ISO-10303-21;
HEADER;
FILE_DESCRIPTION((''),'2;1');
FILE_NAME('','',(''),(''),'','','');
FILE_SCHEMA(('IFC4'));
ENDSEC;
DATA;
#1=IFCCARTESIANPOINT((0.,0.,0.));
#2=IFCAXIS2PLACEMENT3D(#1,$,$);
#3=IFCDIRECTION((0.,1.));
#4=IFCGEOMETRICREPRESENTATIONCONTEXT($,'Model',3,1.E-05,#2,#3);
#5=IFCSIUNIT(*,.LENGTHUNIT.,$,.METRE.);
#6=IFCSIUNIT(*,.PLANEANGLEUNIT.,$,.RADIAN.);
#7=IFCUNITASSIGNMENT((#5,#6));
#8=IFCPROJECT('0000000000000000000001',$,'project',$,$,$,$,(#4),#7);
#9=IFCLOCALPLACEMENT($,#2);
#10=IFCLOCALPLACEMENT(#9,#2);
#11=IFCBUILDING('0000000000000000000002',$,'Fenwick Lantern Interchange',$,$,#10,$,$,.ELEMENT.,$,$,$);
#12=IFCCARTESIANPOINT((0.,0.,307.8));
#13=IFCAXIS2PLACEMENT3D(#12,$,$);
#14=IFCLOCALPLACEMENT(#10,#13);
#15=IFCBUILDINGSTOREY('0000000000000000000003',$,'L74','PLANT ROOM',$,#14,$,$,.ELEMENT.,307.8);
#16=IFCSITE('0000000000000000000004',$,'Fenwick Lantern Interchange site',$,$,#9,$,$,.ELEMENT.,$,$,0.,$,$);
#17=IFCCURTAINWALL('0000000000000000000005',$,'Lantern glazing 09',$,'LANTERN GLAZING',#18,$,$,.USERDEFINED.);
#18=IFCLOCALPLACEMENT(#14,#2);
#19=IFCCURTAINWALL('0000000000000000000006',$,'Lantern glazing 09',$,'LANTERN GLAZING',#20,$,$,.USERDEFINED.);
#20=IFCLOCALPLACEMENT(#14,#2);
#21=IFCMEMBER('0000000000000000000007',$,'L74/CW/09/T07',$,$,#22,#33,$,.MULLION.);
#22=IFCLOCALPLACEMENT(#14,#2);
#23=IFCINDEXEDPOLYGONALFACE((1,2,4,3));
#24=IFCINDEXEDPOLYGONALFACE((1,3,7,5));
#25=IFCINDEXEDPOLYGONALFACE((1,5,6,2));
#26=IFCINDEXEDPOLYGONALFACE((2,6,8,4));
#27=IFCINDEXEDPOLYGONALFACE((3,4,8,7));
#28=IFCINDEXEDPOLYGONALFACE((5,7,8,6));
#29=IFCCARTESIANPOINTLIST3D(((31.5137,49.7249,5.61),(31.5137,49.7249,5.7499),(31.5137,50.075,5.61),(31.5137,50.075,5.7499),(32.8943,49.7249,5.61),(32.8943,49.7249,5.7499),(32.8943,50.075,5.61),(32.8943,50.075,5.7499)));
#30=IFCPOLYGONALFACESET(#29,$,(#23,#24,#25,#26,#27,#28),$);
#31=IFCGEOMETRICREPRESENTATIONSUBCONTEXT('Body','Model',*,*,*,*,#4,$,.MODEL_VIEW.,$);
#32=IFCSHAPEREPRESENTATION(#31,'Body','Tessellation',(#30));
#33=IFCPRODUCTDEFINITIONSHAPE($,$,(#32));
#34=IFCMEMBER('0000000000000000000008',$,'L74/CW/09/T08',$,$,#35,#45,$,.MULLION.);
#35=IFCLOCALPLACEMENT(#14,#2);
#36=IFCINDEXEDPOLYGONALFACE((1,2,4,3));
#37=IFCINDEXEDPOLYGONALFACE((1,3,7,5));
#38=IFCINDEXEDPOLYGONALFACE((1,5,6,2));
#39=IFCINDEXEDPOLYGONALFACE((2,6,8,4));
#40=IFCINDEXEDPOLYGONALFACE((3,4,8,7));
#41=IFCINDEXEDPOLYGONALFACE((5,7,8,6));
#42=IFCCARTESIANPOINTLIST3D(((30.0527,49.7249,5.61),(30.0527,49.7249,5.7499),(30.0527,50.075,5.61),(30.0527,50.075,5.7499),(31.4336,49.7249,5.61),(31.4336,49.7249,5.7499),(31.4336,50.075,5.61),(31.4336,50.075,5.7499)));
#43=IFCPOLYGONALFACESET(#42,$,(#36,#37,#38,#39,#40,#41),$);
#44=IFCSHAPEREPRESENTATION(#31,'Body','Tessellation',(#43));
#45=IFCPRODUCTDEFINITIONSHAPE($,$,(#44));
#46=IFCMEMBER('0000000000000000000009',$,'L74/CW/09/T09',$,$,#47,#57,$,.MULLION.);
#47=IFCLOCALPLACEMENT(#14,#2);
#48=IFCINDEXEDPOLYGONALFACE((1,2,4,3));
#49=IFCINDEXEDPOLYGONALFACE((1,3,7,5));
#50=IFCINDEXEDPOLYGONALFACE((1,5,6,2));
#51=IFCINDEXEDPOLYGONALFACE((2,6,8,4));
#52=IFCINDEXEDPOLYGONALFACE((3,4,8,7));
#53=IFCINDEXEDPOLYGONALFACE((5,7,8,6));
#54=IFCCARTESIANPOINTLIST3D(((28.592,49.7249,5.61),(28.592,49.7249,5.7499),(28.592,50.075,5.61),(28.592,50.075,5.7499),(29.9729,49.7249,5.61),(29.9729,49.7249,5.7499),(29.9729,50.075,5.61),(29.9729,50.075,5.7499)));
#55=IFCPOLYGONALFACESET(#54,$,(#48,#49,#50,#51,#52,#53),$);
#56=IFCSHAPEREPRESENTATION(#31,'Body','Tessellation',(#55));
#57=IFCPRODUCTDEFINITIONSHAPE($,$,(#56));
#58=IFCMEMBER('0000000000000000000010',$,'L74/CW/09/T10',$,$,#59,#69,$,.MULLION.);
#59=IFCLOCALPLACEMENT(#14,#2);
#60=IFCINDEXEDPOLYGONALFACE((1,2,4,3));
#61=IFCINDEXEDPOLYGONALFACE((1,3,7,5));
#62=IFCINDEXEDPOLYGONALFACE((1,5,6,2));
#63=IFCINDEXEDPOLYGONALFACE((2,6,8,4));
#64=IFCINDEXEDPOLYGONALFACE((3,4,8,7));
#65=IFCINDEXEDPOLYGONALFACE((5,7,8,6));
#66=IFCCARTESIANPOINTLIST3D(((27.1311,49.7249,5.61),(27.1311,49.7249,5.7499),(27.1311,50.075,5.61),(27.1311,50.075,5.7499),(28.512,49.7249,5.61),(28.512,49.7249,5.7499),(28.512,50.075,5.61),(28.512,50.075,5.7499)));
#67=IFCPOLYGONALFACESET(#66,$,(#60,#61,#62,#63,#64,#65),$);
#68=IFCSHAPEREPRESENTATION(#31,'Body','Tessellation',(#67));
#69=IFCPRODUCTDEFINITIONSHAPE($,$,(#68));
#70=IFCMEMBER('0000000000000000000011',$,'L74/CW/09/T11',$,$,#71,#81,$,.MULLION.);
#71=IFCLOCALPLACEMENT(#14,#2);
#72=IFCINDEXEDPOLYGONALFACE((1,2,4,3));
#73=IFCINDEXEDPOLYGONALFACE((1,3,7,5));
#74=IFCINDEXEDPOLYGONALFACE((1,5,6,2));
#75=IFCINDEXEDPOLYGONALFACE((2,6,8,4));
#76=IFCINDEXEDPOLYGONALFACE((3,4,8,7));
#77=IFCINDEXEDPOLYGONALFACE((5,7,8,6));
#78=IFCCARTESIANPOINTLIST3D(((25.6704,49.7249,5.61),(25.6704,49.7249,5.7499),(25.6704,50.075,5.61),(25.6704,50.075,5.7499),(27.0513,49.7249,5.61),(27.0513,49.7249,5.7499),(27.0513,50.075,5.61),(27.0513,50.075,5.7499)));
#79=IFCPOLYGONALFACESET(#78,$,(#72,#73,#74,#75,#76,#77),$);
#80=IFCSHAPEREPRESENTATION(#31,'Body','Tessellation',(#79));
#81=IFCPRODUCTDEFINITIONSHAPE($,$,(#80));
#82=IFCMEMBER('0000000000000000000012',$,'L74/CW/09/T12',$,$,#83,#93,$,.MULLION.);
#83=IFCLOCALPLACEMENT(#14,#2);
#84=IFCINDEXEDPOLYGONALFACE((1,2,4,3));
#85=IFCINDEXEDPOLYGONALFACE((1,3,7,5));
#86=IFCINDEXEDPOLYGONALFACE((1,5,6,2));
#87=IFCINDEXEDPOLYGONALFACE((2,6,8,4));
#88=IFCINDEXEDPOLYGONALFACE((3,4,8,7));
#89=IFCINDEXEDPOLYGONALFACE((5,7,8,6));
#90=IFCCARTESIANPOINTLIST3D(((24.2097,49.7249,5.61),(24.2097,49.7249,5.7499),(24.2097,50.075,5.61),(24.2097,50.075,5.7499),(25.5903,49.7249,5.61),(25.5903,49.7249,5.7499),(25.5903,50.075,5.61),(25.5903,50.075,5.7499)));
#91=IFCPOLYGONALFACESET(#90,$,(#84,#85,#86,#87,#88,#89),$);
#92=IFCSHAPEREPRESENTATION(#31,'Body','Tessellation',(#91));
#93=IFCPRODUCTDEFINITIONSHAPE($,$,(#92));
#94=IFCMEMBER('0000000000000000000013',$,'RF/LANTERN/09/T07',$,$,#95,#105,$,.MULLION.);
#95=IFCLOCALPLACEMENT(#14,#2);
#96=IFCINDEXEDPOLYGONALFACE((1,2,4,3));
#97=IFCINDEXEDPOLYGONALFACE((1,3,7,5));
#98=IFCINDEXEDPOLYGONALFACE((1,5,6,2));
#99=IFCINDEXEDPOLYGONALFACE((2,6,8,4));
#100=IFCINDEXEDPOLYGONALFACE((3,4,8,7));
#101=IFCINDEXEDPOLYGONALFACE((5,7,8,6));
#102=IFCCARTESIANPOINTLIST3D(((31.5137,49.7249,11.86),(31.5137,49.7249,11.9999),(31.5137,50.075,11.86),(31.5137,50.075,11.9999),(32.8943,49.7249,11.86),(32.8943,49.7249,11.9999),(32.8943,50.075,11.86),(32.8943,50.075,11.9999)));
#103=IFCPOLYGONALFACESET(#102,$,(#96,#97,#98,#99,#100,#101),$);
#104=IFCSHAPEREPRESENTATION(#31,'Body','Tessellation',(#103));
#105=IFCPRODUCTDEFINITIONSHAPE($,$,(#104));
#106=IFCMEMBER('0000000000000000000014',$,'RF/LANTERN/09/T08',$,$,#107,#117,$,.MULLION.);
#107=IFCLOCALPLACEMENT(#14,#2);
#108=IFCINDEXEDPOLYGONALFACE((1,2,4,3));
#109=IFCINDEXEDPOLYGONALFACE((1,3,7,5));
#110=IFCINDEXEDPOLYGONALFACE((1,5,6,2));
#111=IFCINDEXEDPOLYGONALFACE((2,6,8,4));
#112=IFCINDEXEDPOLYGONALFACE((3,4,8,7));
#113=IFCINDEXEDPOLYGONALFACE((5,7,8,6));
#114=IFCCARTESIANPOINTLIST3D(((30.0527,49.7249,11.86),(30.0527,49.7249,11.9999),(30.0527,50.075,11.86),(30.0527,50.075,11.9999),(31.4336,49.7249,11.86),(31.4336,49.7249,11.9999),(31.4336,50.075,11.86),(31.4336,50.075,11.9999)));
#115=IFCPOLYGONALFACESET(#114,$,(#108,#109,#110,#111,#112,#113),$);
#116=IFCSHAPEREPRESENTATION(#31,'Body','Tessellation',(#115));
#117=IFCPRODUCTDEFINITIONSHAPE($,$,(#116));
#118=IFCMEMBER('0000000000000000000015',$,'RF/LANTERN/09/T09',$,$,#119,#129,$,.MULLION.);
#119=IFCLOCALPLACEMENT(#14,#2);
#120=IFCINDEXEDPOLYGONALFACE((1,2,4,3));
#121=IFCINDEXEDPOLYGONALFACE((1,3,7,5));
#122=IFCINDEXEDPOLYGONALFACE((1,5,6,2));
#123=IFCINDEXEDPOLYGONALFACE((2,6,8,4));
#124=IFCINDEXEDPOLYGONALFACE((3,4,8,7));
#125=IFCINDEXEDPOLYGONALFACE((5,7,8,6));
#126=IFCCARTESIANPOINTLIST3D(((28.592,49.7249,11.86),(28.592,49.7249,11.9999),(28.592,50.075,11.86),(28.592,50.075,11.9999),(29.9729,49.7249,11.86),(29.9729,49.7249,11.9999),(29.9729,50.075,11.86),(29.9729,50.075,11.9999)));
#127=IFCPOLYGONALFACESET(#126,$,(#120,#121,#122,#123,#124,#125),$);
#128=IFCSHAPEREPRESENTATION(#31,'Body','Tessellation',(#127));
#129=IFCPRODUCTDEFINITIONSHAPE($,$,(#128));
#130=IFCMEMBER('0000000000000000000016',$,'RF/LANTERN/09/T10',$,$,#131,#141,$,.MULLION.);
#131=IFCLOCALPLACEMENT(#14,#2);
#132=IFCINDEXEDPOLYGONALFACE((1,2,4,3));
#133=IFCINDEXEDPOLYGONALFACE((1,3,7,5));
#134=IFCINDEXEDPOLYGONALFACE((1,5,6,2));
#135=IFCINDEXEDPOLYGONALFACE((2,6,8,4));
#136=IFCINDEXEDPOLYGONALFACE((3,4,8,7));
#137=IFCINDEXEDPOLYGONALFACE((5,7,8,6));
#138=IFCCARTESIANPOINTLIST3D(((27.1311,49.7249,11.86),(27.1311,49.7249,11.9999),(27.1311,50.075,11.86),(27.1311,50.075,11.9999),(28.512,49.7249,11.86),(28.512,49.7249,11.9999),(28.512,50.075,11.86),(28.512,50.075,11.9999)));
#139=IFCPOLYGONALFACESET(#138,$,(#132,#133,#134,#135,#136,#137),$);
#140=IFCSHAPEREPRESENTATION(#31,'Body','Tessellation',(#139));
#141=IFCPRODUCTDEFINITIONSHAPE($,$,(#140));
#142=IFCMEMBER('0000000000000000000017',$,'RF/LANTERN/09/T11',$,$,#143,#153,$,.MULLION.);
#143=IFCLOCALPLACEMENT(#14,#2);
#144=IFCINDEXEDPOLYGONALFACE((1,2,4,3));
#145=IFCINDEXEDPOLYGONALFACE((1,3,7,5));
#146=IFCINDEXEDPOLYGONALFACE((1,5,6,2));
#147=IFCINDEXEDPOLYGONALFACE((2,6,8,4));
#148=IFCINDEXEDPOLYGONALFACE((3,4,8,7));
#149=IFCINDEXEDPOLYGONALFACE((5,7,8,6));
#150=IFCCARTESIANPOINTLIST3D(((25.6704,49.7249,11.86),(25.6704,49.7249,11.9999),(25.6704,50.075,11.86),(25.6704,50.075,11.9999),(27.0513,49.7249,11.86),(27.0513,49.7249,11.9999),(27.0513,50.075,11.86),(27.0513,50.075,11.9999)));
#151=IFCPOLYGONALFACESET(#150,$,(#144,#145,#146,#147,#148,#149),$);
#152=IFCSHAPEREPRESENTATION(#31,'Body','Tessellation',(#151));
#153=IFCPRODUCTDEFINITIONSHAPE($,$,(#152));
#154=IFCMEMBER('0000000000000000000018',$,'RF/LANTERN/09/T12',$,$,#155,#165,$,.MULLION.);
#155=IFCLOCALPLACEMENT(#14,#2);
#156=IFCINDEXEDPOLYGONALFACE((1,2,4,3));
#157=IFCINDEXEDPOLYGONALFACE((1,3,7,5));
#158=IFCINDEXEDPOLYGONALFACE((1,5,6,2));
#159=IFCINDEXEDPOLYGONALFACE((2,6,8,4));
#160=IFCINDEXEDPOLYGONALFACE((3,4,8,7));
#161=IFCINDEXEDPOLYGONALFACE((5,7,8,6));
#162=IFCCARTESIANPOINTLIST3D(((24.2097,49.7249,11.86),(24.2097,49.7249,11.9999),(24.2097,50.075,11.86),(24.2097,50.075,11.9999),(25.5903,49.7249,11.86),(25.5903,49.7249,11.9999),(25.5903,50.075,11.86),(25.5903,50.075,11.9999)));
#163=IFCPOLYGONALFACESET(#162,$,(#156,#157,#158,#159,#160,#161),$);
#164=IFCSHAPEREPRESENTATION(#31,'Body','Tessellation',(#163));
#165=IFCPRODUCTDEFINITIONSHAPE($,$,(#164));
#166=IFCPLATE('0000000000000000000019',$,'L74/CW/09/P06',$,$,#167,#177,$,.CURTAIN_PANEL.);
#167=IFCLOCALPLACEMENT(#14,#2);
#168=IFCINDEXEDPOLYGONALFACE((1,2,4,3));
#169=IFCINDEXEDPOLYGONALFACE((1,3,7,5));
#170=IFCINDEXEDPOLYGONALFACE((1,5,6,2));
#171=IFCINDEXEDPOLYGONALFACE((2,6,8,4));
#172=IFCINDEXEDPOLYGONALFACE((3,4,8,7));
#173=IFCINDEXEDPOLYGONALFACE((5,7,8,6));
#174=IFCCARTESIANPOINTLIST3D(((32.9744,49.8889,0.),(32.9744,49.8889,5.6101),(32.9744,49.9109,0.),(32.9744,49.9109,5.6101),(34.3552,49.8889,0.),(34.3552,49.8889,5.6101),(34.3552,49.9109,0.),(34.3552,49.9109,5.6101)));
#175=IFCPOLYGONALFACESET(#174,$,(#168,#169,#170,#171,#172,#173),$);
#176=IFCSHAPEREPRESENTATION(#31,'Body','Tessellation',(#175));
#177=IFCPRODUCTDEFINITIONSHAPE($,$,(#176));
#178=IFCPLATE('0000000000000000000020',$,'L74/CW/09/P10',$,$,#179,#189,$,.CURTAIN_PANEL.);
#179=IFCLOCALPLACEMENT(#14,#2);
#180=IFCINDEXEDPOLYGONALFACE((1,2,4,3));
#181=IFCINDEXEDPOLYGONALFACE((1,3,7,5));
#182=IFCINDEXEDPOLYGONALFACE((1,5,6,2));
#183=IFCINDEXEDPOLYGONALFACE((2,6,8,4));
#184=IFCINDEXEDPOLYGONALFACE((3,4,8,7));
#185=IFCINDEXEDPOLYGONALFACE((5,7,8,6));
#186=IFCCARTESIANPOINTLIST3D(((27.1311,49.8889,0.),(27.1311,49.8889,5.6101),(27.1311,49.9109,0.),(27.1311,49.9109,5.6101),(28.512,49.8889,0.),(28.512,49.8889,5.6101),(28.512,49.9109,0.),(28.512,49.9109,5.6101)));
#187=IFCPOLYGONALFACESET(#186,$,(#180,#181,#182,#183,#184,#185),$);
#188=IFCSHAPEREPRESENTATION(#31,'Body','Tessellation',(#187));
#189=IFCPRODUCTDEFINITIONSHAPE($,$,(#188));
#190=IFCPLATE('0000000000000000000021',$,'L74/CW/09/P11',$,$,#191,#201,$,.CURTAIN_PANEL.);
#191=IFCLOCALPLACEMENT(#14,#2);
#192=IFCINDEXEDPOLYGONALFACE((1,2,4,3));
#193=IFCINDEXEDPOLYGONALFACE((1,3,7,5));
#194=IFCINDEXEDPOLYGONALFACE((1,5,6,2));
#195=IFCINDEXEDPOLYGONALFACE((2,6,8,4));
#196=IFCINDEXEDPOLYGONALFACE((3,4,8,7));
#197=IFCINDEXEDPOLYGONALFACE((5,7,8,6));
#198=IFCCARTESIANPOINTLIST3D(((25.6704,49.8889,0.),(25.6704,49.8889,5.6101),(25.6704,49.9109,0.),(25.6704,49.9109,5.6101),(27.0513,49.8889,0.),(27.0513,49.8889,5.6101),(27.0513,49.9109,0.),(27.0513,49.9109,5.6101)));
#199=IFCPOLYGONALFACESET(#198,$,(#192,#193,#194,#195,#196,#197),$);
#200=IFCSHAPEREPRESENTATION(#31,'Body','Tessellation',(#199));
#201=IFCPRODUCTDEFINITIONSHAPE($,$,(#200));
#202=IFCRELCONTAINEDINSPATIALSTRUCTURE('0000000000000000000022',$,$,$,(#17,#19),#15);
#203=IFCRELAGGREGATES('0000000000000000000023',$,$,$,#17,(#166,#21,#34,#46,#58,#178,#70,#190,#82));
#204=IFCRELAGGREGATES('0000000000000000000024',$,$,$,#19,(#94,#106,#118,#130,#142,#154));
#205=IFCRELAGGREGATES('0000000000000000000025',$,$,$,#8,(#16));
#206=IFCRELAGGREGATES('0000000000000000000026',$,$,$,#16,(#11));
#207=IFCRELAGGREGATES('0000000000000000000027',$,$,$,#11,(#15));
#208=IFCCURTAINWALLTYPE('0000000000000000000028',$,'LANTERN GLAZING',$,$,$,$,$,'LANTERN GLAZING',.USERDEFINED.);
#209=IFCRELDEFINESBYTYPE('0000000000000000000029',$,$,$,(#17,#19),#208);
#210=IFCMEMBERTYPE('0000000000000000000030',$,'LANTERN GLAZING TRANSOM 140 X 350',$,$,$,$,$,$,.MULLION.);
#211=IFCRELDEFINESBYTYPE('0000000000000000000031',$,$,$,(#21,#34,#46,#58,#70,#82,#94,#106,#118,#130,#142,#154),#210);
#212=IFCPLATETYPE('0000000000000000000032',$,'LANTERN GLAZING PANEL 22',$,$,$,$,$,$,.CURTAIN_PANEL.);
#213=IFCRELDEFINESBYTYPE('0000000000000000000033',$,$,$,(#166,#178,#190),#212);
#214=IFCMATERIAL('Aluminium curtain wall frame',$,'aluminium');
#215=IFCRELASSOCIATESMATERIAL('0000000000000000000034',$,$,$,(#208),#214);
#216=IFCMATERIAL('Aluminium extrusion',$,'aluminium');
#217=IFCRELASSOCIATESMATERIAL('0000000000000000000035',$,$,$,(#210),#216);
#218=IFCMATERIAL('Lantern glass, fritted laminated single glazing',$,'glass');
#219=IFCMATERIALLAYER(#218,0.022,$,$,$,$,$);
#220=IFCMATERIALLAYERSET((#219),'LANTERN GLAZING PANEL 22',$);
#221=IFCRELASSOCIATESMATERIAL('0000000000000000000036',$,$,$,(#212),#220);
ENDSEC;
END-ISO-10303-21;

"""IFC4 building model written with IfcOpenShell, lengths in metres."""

from ifc_helpers import new_model, si_unit, direction, frame, origin, origin_2d, place, context, subcontext, project, spatial, rectangle, extrude, material, layer, layer_set, material_profile, profile_set, type_object, element, aggregate, save


model = new_model("IFC4")

# Units and contexts
model_context = context("Model", 3, precision=1e-05, world=origin(), true_north=direction((0.0, 1.0)))
body_context = subcontext(model_context, "Body", "Model", "MODEL_VIEW")
ifc_project = project(units=[si_unit("LENGTHUNIT", "METRE"), si_unit("PLANEANGLEUNIT", "RADIAN")], contexts=[model_context])

# Site, building, storey
site_placement = place(None, origin())
site = spatial("IfcSite", under=ifc_project, at=site_placement, Name="Fenwick Lantern Interchange site", CompositionType="ELEMENT", RefElevation=0.0)
building_placement = place(site_placement, origin())
building = spatial("IfcBuilding", under=site, at=building_placement, Name="Fenwick Lantern Interchange", CompositionType="ELEMENT")
storey_placement = place(building_placement, frame((0.0, 0.0, 307.8)))
storey = spatial("IfcBuildingStorey", under=building, at=storey_placement, Name="L74", Description="PLANT ROOM", CompositionType="ELEMENT", Elevation=307.8)

# Curtain walls
ifc_material_1 = material(Name="Aluminium curtain wall frame", Category="aluminium")
curtain_wall_type = type_object("IfcCurtainWallType", Name="LANTERN GLAZING", ElementType="LANTERN GLAZING", PredefinedType="USERDEFINED", material=ifc_material_1)
curtain_wall_1_placement = place(storey_placement, origin())
curtain_wall_1 = element("IfcCurtainWall", 1, at=curtain_wall_1_placement, inside=storey, type_object=curtain_wall_type, Name="Lantern glazing 09", ObjectType="LANTERN GLAZING", PredefinedType="USERDEFINED")
ifc_material_2 = material(Name="Aluminium extrusion", Category="aluminium")
curtain_wall_2_placement = place(storey_placement, origin())
curtain_wall_2 = element("IfcCurtainWall", 2, at=curtain_wall_2_placement, inside=storey, type_object=curtain_wall_type, Name="Lantern glazing 09", ObjectType="LANTERN GLAZING", PredefinedType="USERDEFINED")

# Members
ifc_material_profile_1 = material_profile(ifc_material_2, rectangle(XDim=0.3501, YDim=0.1399, at=origin_2d()), Name="LANTERN GLAZING TRANSOM 140 X 350")
ifc_profile_set_1 = profile_set([ifc_material_profile_1], Name="Aluminium extrusion")
member_type_1 = type_object("IfcMemberType", Name="LANTERN GLAZING TRANSOM 140 X 350", PredefinedType="MULLION", material=ifc_profile_set_1)
member_1_placement = place(storey_placement, frame((32.8943, 49.8999, 5.6799), z_axis=(-1.0, 0.0, 0.0), x_axis=(0.0, -1.0, 0.0)))
member_1 = element("IfcMember", 3, at=member_1_placement, type_object=member_type_1, Name="L74/CW/09/T07", PredefinedType="MULLION", context=body_context, shape_type="SweptSolid", body=[
    extrude(rectangle(XDim=0.3501, YDim=0.1399, at=origin_2d()), origin(), (0.0, 0.0, 1.0), 1.3806),
])
member_2_placement = place(storey_placement, frame((31.4336, 49.8999, 5.6799), z_axis=(-1.0, 0.0, 0.0), x_axis=(0.0, -1.0, 0.0)))
member_2 = element("IfcMember", 4, at=member_2_placement, type_object=member_type_1, Name="L74/CW/09/T08", PredefinedType="MULLION", context=body_context, shape_type="SweptSolid", body=[
    extrude(rectangle(XDim=0.3501, YDim=0.1399, at=origin_2d()), origin(), (0.0, 0.0, 1.0), 1.3809),
])
member_3_placement = place(storey_placement, frame((29.9729, 49.8999, 5.6799), z_axis=(-1.0, 0.0, 0.0), x_axis=(0.0, -1.0, 0.0)))
member_3 = element("IfcMember", 5, at=member_3_placement, type_object=member_type_1, Name="L74/CW/09/T09", PredefinedType="MULLION", context=body_context, shape_type="SweptSolid", body=[
    extrude(rectangle(XDim=0.3501, YDim=0.1399, at=origin_2d()), origin(), (0.0, 0.0, 1.0), 1.3809),
])
member_4_placement = place(storey_placement, frame((28.512, 49.8999, 5.6799), z_axis=(-1.0, 0.0, 0.0), x_axis=(0.0, -1.0, 0.0)))
member_4 = element("IfcMember", 6, at=member_4_placement, type_object=member_type_1, Name="L74/CW/09/T10", PredefinedType="MULLION", context=body_context, shape_type="SweptSolid", body=[
    extrude(rectangle(XDim=0.3501, YDim=0.1399, at=origin_2d()), origin(), (0.0, 0.0, 1.0), 1.3809),
])
member_5_placement = place(storey_placement, frame((27.0513, 49.8999, 5.6799), z_axis=(-1.0, 0.0, 0.0), x_axis=(0.0, -1.0, 0.0)))
member_5 = element("IfcMember", 7, at=member_5_placement, type_object=member_type_1, Name="L74/CW/09/T11", PredefinedType="MULLION", context=body_context, shape_type="SweptSolid", body=[
    extrude(rectangle(XDim=0.3501, YDim=0.1399, at=origin_2d()), origin(), (0.0, 0.0, 1.0), 1.3809),
])
member_6_placement = place(storey_placement, frame((25.5903, 49.8999, 5.6799), z_axis=(-1.0, 0.0, 0.0), x_axis=(0.0, -1.0, 0.0)))
member_6 = element("IfcMember", 8, at=member_6_placement, type_object=member_type_1, Name="L74/CW/09/T12", PredefinedType="MULLION", context=body_context, shape_type="SweptSolid", body=[
    extrude(rectangle(XDim=0.3501, YDim=0.1399, at=origin_2d()), origin(), (0.0, 0.0, 1.0), 1.3806),
])
member_7_placement = place(storey_placement, frame((32.8943, 49.8999, 11.9299), z_axis=(-1.0, 0.0, 0.0), x_axis=(0.0, -1.0, 0.0)))
member_7 = element("IfcMember", 9, at=member_7_placement, type_object=member_type_1, Name="RF/LANTERN/09/T07", PredefinedType="MULLION", context=body_context, shape_type="SweptSolid", body=[
    extrude(rectangle(XDim=0.3501, YDim=0.1399, at=origin_2d()), origin(), (0.0, 0.0, 1.0), 1.3806),
])
member_8_placement = place(storey_placement, frame((31.4336, 49.8999, 11.9299), z_axis=(-1.0, 0.0, 0.0), x_axis=(0.0, -1.0, 0.0)))
member_8 = element("IfcMember", 10, at=member_8_placement, type_object=member_type_1, Name="RF/LANTERN/09/T08", PredefinedType="MULLION", context=body_context, shape_type="SweptSolid", body=[
    extrude(rectangle(XDim=0.3501, YDim=0.1399, at=origin_2d()), origin(), (0.0, 0.0, 1.0), 1.3809),
])
member_9_placement = place(storey_placement, frame((29.9729, 49.8999, 11.9299), z_axis=(-1.0, 0.0, 0.0), x_axis=(0.0, -1.0, 0.0)))
member_9 = element("IfcMember", 11, at=member_9_placement, type_object=member_type_1, Name="RF/LANTERN/09/T09", PredefinedType="MULLION", context=body_context, shape_type="SweptSolid", body=[
    extrude(rectangle(XDim=0.3501, YDim=0.1399, at=origin_2d()), origin(), (0.0, 0.0, 1.0), 1.3809),
])
member_10_placement = place(storey_placement, frame((28.512, 49.8999, 11.9299), z_axis=(-1.0, 0.0, 0.0), x_axis=(0.0, -1.0, 0.0)))
member_10 = element("IfcMember", 12, at=member_10_placement, type_object=member_type_1, Name="RF/LANTERN/09/T10", PredefinedType="MULLION", context=body_context, shape_type="SweptSolid", body=[
    extrude(rectangle(XDim=0.3501, YDim=0.1399, at=origin_2d()), origin(), (0.0, 0.0, 1.0), 1.3809),
])
member_11_placement = place(storey_placement, frame((27.0513, 49.8999, 11.9299), z_axis=(-1.0, 0.0, 0.0), x_axis=(0.0, -1.0, 0.0)))
member_11 = element("IfcMember", 13, at=member_11_placement, type_object=member_type_1, Name="RF/LANTERN/09/T11", PredefinedType="MULLION", context=body_context, shape_type="SweptSolid", body=[
    extrude(rectangle(XDim=0.3501, YDim=0.1399, at=origin_2d()), origin(), (0.0, 0.0, 1.0), 1.3809),
])
member_12_placement = place(storey_placement, frame((25.5903, 49.8999, 11.9299), z_axis=(-1.0, 0.0, 0.0), x_axis=(0.0, -1.0, 0.0)))
member_12 = element("IfcMember", 14, at=member_12_placement, type_object=member_type_1, Name="RF/LANTERN/09/T12", PredefinedType="MULLION", context=body_context, shape_type="SweptSolid", body=[
    extrude(rectangle(XDim=0.3501, YDim=0.1399, at=origin_2d()), origin(), (0.0, 0.0, 1.0), 1.3806),
])

# Plates
ifc_material_3 = material(Name="Lantern glass, fritted laminated single glazing", Category="glass")
ifc_layer = layer(ifc_material_3, 0.022)
ifc_layer_set = layer_set([ifc_layer], Name="LANTERN GLAZING PANEL 22")
plate_type = type_object("IfcPlateType", Name="LANTERN GLAZING PANEL 22", PredefinedType="CURTAIN_PANEL", material=ifc_layer_set)
plate_1_placement = place(storey_placement, frame((33.6648, 49.8999, 0.0), z_axis=(0.0, 0.0, 1.0), x_axis=(-1.0, 0.0, 0.0)))
plate_1 = element("IfcPlate", 15, at=plate_1_placement, type_object=plate_type, Name="L74/CW/09/P06", PredefinedType="CURTAIN_PANEL", context=body_context, shape_type="SweptSolid", body=[
    extrude(rectangle(XDim=1.3809, YDim=0.022, at=origin_2d()), origin(), (0.0, 0.0, 1.0), 5.6101),
])
plate_2_placement = place(storey_placement, frame((27.8215, 49.8999, 0.0), z_axis=(0.0, 0.0, 1.0), x_axis=(-1.0, 0.0, 0.0)))
plate_2 = element("IfcPlate", 16, at=plate_2_placement, type_object=plate_type, Name="L74/CW/09/P10", PredefinedType="CURTAIN_PANEL", context=body_context, shape_type="SweptSolid", body=[
    extrude(rectangle(XDim=1.3809, YDim=0.022, at=origin_2d()), origin(), (0.0, 0.0, 1.0), 5.6101),
])
plate_3_placement = place(storey_placement, frame((26.3608, 49.8999, 0.0), z_axis=(0.0, 0.0, 1.0), x_axis=(-1.0, 0.0, 0.0)))
plate_3 = element("IfcPlate", 17, at=plate_3_placement, type_object=plate_type, Name="L74/CW/09/P11", PredefinedType="CURTAIN_PANEL", context=body_context, shape_type="SweptSolid", body=[
    extrude(rectangle(XDim=1.3809, YDim=0.022, at=origin_2d()), origin(), (0.0, 0.0, 1.0), 5.6101),
])
aggregate(curtain_wall_1, [plate_1, member_1, member_2, member_3, member_4, plate_2, member_5, plate_3, member_6])
aggregate(curtain_wall_2, [member_7, member_8, member_9, member_10, member_11, member_12])

save(model, "model.ifc")
